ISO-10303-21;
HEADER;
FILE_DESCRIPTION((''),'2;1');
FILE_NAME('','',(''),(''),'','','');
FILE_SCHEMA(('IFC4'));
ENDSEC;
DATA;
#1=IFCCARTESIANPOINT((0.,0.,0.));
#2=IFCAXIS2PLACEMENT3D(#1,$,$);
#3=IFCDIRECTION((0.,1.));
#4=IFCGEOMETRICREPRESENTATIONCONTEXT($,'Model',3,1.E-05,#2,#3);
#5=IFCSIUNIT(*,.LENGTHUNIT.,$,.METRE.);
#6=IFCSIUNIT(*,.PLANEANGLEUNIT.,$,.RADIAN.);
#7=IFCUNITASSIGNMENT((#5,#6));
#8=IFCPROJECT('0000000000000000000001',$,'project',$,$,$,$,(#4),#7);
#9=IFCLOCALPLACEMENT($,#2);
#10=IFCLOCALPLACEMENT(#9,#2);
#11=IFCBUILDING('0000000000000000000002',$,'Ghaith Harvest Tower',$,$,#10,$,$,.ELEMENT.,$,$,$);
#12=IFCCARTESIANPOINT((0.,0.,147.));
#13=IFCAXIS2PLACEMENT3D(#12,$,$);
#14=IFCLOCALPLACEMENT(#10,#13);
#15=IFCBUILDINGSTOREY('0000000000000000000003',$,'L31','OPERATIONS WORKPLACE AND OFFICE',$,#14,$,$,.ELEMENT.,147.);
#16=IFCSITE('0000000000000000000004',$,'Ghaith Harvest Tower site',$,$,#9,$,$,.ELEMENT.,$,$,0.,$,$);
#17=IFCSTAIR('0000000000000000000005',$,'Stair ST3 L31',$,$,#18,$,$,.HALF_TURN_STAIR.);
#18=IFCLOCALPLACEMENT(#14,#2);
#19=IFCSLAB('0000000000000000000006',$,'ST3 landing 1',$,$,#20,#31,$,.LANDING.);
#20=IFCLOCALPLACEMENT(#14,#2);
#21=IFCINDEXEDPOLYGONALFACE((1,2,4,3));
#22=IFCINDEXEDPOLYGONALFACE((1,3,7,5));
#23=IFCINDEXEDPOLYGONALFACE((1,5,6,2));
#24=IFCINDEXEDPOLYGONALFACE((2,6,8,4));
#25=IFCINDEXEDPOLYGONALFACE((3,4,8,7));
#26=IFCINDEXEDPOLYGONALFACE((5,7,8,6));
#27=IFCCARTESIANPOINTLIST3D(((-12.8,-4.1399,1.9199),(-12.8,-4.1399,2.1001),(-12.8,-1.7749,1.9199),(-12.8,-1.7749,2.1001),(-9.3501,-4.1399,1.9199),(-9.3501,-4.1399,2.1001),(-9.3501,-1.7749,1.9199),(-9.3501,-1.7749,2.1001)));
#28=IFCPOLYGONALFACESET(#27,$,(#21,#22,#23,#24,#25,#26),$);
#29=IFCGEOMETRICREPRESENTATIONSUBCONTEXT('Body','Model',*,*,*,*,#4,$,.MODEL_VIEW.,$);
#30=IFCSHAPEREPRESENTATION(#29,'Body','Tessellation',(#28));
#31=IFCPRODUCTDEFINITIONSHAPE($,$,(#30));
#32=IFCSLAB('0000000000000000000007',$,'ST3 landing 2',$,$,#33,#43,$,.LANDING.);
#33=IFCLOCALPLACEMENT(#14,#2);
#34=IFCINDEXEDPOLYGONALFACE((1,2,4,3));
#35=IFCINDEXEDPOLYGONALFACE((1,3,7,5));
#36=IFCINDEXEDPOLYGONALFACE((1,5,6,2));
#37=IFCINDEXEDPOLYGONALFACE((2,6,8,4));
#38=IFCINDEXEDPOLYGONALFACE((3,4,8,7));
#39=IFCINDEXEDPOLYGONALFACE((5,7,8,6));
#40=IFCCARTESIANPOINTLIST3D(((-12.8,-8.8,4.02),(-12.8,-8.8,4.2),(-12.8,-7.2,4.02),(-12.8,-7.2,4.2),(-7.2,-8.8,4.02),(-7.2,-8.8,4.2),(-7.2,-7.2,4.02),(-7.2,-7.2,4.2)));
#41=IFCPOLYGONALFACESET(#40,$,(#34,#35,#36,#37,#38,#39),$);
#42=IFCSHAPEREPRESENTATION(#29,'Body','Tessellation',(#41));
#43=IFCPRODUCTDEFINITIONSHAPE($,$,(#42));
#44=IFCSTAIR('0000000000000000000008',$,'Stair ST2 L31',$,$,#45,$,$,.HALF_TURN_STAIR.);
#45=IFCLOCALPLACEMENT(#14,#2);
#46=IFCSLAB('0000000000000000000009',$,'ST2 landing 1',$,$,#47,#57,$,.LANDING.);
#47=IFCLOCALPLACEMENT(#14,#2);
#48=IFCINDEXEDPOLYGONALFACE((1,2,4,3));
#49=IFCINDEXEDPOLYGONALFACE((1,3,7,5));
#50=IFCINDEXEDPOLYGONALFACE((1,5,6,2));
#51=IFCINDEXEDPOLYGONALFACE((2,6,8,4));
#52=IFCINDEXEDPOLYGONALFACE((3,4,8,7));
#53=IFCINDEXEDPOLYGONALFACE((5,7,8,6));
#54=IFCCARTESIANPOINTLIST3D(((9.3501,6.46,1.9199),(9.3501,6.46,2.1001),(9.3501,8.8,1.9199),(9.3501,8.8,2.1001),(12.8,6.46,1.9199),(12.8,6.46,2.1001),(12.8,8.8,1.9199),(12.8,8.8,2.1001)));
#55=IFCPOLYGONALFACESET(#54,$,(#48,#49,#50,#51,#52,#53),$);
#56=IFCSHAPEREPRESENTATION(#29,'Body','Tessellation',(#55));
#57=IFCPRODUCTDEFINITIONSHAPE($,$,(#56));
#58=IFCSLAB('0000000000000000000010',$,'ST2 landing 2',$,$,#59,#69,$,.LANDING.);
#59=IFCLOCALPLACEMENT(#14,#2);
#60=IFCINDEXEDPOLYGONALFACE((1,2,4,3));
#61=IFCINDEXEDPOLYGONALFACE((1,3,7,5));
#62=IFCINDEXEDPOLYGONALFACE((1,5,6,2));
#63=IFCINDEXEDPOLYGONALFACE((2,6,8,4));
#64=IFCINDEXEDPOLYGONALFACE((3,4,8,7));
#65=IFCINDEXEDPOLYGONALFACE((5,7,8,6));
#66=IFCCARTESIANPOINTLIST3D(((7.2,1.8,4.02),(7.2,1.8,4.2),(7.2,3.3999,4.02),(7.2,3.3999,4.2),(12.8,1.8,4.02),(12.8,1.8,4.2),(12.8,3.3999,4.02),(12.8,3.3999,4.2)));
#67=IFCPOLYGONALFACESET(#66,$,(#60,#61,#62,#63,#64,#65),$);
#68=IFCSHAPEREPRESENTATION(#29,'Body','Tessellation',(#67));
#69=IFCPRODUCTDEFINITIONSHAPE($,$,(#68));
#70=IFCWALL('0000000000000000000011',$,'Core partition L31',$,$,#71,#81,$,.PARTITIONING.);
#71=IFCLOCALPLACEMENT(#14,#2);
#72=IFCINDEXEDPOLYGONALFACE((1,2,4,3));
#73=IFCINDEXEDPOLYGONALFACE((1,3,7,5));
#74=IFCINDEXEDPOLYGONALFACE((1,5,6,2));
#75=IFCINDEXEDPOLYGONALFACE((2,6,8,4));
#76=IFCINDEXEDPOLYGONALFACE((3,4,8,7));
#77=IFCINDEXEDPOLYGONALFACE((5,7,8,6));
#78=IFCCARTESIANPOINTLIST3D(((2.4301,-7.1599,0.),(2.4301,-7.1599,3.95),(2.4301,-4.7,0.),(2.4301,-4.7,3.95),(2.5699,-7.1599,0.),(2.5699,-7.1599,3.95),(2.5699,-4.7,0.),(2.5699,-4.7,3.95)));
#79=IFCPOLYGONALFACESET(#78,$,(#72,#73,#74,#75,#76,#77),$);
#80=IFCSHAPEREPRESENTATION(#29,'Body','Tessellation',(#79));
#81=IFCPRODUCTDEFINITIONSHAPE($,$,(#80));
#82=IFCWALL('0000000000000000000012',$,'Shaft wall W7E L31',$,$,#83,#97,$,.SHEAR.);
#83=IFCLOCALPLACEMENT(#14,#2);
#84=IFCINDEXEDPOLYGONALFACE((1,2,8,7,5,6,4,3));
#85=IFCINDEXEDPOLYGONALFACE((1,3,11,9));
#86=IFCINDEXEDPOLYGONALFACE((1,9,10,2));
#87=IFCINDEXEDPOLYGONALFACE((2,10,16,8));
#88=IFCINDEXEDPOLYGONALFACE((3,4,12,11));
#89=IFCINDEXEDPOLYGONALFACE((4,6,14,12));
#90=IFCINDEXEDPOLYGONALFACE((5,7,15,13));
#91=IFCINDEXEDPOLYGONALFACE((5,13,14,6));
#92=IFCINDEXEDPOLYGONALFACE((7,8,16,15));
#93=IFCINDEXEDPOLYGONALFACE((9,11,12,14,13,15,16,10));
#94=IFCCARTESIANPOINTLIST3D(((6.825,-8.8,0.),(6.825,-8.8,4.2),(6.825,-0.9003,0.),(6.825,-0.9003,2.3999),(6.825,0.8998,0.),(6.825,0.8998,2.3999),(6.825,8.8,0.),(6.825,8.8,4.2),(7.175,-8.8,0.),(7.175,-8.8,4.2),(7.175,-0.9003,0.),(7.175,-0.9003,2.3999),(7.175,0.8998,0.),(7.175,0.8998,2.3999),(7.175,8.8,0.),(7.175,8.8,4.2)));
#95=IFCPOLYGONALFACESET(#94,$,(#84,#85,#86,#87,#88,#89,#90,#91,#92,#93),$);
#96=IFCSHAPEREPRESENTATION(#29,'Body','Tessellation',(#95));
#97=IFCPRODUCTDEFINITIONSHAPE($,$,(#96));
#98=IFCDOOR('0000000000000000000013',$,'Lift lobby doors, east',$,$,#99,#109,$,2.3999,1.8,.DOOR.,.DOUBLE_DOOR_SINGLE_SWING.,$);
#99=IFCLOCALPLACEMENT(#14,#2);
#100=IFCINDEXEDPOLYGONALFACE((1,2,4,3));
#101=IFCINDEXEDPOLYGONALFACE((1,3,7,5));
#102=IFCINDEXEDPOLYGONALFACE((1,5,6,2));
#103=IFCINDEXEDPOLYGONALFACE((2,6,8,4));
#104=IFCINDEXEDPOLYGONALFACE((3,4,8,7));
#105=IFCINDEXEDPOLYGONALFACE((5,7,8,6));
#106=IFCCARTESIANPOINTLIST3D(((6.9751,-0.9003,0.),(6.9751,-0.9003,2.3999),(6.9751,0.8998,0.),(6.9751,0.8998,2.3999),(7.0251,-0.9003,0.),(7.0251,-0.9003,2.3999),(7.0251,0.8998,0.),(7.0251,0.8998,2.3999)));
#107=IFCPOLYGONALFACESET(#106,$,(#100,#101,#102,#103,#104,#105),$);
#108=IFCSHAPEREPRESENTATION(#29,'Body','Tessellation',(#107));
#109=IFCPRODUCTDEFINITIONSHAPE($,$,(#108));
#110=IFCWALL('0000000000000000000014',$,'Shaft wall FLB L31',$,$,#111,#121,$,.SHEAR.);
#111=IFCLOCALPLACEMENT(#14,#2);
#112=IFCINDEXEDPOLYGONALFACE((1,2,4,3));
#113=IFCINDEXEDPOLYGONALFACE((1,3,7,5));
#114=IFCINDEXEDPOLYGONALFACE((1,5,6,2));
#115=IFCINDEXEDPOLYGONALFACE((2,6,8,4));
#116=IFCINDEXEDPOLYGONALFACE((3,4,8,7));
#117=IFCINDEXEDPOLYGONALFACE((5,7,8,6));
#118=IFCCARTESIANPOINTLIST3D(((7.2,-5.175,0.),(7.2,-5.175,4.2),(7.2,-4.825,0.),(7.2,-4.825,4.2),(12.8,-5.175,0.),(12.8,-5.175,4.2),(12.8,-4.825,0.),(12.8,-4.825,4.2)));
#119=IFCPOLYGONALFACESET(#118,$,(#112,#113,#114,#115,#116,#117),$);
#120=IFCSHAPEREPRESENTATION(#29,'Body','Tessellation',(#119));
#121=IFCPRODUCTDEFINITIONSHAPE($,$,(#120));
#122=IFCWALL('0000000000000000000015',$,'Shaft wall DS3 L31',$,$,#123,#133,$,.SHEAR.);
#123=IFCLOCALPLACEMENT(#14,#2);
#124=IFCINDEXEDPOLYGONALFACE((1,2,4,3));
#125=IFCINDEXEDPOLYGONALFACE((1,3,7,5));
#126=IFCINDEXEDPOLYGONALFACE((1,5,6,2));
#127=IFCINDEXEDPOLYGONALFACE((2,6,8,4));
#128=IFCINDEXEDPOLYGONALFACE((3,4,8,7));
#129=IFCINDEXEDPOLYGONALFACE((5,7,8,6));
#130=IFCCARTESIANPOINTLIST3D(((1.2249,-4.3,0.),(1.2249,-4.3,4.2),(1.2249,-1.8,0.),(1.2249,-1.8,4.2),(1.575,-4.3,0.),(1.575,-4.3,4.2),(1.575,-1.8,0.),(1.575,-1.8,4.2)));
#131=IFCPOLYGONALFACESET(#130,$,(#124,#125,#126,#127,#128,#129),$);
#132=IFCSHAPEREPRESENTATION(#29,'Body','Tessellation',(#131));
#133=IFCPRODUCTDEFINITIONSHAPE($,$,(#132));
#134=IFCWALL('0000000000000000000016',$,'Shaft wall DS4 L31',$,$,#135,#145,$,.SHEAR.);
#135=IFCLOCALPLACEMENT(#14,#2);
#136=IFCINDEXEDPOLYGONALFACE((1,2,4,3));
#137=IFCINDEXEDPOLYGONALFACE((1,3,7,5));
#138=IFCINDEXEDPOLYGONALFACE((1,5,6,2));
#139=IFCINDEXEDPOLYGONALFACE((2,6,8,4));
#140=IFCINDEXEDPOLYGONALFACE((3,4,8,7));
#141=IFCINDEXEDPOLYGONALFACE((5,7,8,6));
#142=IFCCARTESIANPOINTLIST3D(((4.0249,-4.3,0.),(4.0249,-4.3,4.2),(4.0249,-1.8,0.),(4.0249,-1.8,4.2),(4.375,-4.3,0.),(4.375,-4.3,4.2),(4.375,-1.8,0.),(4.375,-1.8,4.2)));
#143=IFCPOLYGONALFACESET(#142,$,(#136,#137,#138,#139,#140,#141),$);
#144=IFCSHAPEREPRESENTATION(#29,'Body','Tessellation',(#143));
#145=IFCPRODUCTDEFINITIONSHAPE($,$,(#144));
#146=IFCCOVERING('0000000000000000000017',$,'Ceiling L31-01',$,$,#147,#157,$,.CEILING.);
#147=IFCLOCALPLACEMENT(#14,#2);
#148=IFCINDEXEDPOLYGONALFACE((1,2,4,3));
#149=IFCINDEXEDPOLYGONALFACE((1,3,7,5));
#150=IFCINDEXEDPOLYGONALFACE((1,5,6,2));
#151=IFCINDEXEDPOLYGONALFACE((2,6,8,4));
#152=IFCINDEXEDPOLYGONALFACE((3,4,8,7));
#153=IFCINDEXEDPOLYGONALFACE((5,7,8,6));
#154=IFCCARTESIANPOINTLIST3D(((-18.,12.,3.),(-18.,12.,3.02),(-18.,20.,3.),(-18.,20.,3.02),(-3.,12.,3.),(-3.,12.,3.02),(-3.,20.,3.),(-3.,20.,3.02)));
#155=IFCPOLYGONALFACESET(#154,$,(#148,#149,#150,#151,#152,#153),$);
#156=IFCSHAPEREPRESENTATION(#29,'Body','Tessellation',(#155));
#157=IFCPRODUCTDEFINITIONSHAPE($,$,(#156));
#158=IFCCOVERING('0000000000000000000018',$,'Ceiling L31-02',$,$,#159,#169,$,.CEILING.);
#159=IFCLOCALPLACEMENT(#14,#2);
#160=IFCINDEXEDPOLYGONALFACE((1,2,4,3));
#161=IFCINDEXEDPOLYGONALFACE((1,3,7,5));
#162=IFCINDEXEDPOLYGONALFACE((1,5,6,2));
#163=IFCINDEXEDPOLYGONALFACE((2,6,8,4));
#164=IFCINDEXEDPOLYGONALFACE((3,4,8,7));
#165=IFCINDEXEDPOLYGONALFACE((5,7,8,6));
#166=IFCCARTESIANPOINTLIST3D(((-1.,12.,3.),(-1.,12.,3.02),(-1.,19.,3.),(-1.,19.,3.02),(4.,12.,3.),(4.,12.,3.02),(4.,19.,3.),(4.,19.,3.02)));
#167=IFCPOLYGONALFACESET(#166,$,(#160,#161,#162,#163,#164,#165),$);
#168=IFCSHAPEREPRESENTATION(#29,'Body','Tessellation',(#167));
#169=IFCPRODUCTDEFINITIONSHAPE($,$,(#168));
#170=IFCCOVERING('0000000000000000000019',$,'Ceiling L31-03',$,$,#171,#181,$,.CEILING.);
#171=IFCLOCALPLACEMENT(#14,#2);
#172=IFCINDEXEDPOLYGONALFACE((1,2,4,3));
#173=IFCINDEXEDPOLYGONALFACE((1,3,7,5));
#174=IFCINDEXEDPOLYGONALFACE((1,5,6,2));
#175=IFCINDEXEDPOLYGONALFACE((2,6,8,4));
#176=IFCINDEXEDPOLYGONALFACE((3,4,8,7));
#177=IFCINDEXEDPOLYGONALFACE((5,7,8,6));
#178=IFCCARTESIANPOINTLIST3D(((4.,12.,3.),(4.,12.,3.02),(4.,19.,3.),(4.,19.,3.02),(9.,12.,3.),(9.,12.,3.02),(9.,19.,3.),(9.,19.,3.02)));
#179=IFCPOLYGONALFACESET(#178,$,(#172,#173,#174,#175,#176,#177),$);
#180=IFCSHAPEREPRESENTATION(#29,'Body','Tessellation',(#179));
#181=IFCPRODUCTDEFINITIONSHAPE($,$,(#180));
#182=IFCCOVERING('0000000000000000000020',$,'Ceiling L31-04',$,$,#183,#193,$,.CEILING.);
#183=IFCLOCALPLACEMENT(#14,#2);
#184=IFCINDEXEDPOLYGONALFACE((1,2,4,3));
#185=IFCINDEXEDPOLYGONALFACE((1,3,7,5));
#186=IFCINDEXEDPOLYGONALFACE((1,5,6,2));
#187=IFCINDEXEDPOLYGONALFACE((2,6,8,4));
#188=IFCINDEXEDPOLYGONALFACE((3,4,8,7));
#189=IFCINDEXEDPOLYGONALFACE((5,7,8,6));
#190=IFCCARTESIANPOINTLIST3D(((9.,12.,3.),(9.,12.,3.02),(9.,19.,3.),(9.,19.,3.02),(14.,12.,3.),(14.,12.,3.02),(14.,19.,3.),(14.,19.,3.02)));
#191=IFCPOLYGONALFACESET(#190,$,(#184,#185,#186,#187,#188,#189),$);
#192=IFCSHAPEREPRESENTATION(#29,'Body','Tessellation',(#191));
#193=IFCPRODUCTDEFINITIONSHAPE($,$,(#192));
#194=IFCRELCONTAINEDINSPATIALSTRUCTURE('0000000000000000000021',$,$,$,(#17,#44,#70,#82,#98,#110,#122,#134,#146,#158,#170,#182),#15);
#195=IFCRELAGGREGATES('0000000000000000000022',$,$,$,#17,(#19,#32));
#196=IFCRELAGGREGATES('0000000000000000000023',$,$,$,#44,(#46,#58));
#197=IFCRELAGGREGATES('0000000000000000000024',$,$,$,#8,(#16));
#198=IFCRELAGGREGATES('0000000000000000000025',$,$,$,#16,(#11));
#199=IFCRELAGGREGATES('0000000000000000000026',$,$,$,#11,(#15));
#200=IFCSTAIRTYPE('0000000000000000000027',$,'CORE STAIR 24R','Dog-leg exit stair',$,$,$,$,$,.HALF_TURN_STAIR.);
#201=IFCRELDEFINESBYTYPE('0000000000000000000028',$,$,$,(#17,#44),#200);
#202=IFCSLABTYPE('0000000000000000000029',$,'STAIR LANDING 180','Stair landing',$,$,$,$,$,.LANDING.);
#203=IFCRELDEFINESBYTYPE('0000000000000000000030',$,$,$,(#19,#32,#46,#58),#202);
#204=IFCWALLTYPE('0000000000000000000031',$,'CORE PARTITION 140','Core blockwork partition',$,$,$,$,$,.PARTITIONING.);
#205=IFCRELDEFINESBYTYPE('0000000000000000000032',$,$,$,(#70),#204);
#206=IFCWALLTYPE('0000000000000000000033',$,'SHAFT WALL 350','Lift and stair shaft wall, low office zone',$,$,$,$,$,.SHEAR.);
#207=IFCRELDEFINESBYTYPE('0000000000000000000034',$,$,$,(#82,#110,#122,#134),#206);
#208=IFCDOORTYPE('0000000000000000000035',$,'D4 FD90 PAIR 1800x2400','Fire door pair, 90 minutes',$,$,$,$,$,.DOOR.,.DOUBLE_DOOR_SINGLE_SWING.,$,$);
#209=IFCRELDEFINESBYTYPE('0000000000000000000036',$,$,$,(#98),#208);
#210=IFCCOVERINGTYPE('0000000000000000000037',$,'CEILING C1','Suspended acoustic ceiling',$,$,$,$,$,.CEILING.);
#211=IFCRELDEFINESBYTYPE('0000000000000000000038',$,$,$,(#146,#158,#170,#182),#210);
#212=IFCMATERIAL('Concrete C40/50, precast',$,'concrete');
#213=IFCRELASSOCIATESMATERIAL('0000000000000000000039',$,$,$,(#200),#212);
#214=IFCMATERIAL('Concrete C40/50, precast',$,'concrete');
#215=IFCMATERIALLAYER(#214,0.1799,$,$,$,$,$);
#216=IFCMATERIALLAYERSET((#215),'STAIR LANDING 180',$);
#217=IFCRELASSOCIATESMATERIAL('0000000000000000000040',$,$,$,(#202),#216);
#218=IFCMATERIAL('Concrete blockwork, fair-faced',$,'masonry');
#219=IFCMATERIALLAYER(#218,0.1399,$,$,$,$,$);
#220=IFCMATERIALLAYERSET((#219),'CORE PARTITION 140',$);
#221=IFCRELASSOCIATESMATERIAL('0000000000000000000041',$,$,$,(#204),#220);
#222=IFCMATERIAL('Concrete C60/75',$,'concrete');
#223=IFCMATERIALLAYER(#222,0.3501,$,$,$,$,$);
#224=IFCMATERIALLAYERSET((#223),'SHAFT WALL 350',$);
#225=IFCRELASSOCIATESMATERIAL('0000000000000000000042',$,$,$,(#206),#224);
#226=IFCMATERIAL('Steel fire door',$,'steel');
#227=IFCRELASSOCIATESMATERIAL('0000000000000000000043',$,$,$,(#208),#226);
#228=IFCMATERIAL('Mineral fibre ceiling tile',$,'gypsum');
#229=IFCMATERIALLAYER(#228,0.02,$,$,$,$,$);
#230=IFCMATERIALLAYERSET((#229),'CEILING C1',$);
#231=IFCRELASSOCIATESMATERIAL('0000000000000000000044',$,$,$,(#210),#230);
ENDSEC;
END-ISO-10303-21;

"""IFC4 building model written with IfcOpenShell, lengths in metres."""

from ifc_helpers import new_model, si_unit, direction, frame, frame_2d, origin, place, context, subcontext, project, spatial, polyline, rectangle, outline, extrude, material, layer, layer_set, type_object, element, fill, aggregate, save


model = new_model("IFC4")

# Units and contexts
model_context = context("Model", 3, precision=1e-05, world=origin(), true_north=direction((0.0, 1.0)))
body_context = subcontext(model_context, "Body", "Model", "MODEL_VIEW")
ifc_project = project(units=[si_unit("LENGTHUNIT", "METRE"), si_unit("PLANEANGLEUNIT", "RADIAN")], contexts=[model_context])

# Site, building, storey
site_placement = place(None, origin())
site = spatial("IfcSite", under=ifc_project, at=site_placement, Name="Ghaith Harvest Tower site", CompositionType="ELEMENT", RefElevation=0.0)
building_placement = place(site_placement, origin())
building = spatial("IfcBuilding", under=site, at=building_placement, Name="Ghaith Harvest Tower", CompositionType="ELEMENT")
storey_placement = place(building_placement, frame((0.0, 0.0, 147.0)))
storey = spatial("IfcBuildingStorey", under=building, at=storey_placement, Name="L31", Description="OPERATIONS WORKPLACE AND OFFICE", CompositionType="ELEMENT", Elevation=147.0)

# Stairs, slabs
ifc_material_1 = material(Name="Concrete C40/50, precast", Category="concrete")
stair_type = type_object("IfcStairType", Name="CORE STAIR 24R", Description="Dog-leg exit stair", PredefinedType="HALF_TURN_STAIR", material=ifc_material_1)
ifc_material_2 = material(Name="Concrete C40/50, precast", Category="concrete")
ifc_layer_1 = layer(ifc_material_2, 0.1799)
ifc_layer_set_1 = layer_set([ifc_layer_1], Name="STAIR LANDING 180")
slab_type_1 = type_object("IfcSlabType", Name="STAIR LANDING 180", Description="Stair landing", PredefinedType="LANDING", material=ifc_layer_set_1)
stair_1_placement = place(storey_placement, origin())
stair_1 = element("IfcStair", 1, at=stair_1_placement, inside=storey, type_object=stair_type, Name="Stair ST3 L31", PredefinedType="HALF_TURN_STAIR")
slab_1_placement = place(storey_placement, frame((0.0, 0.0, 1.9199)))
slab_1 = element("IfcSlab", 2, at=slab_1_placement, type_object=slab_type_1, Name="ST3 landing 1", PredefinedType="LANDING", context=body_context, shape_type="SweptSolid", body=[
    extrude(outline(polyline([(-12.8, -4.1399), (-12.8, -1.7749), (-9.3501, -1.7749), (-9.3501, -4.1399), (-12.8, -4.1399)])), origin(), (0.0, 0.0, 1.0), 0.1802),
])
slab_2_placement = place(storey_placement, frame((0.0, 0.0, 4.02)))
slab_2 = element("IfcSlab", 3, at=slab_2_placement, type_object=slab_type_1, Name="ST3 landing 2", PredefinedType="LANDING", context=body_context, shape_type="SweptSolid", body=[
    extrude(outline(polyline([(-12.8, -8.8), (-12.8, -7.2), (-7.2, -7.2), (-7.2, -8.8), (-12.8, -8.8)])), origin(), (0.0, 0.0, 1.0), 0.1799),
])
aggregate(stair_1, [slab_1, slab_2])
stair_2_placement = place(storey_placement, origin())
stair_2 = element("IfcStair", 4, at=stair_2_placement, inside=storey, type_object=stair_type, Name="Stair ST2 L31", PredefinedType="HALF_TURN_STAIR")
slab_3_placement = place(storey_placement, frame((0.0, 0.0, 1.9199)))
slab_3 = element("IfcSlab", 5, at=slab_3_placement, type_object=slab_type_1, Name="ST2 landing 1", PredefinedType="LANDING", context=body_context, shape_type="SweptSolid", body=[
    extrude(outline(polyline([(12.8, 6.46), (12.8, 8.8), (9.3501, 8.8), (9.3501, 6.46), (12.8, 6.46)])), origin(), (0.0, 0.0, 1.0), 0.1802),
])
slab_4_placement = place(storey_placement, frame((0.0, 0.0, 4.02)))
slab_4 = element("IfcSlab", 6, at=slab_4_placement, type_object=slab_type_1, Name="ST2 landing 2", PredefinedType="LANDING", context=body_context, shape_type="SweptSolid", body=[
    extrude(outline(polyline([(12.8, 1.8), (12.8, 3.3999), (7.2, 3.3999), (7.2, 1.8), (12.8, 1.8)])), origin(), (0.0, 0.0, 1.0), 0.1799),
])
aggregate(stair_2, [slab_3, slab_4])

# Wall
ifc_material_3 = material(Name="Concrete blockwork, fair-faced", Category="masonry")
ifc_layer_2 = layer(ifc_material_3, 0.1399)
ifc_layer_set_2 = layer_set([ifc_layer_2], Name="CORE PARTITION 140")
wall_type_1 = type_object("IfcWallType", Name="CORE PARTITION 140", Description="Core blockwork partition", PredefinedType="PARTITIONING", material=ifc_layer_set_2)
wall_1_placement = place(storey_placement, frame((2.5, -4.7, 0.0), z_axis=(0.0, 0.0, 1.0), x_axis=(0.0, -1.0, 0.0)))
element("IfcWall", 7, at=wall_1_placement, inside=storey, type_object=wall_type_1, Name="Core partition L31", PredefinedType="PARTITIONING", context=body_context, shape_type="SweptSolid", body=[
    extrude(rectangle(XDim=2.46, YDim=0.1399, at=frame_2d((1.23, 0.0))), origin(), (0.0, 0.0, 1.0), 3.95),
])

# Wall, opening, door
ifc_material_4 = material(Name="Concrete C60/75", Category="concrete")
ifc_layer_3 = layer(ifc_material_4, 0.3501)
ifc_layer_set_3 = layer_set([ifc_layer_3], Name="SHAFT WALL 350")
wall_type_2 = type_object("IfcWallType", Name="SHAFT WALL 350", Description="Lift and stair shaft wall, low office zone", PredefinedType="SHEAR", material=ifc_layer_set_3)
wall_2_placement = place(storey_placement, frame((7.0, -8.8, 0.0), z_axis=(0.0, 0.0, 1.0), x_axis=(0.0, 1.0, 0.0)))
wall_2 = element("IfcWall", 8, at=wall_2_placement, inside=storey, type_object=wall_type_2, Name="Shaft wall W7E L31", PredefinedType="SHEAR", context=body_context, shape_type="SweptSolid", body=[
    extrude(rectangle(XDim=17.6001, YDim=0.3501, at=frame_2d((8.8, 0.0))), origin(), (0.0, 0.0, 1.0), 4.2),
])
opening_1_placement = place(wall_2_placement, frame((7.8999, 0.0, 0.0)))
opening_1 = element("IfcOpeningElement", 9, at=opening_1_placement, cuts=wall_2, PredefinedType="OPENING", context=body_context, shape_type="SweptSolid", body=[
    extrude(rectangle(XDim=1.8, YDim=2.3999, at=frame_2d((0.8999, 1.2))), frame((0.0, 0.1851, 0.0), z_axis=(0.0, -1.0, 0.0), x_axis=(1.0, 0.0, 0.0)), (0.0, 0.0, 1.0), 0.3701),
])
ifc_material_5 = material(Name="Steel fire door", Category="steel")
door_type_1 = type_object("IfcDoorType", Name="D4 FD90 PAIR 1800x2400", Description="Fire door pair, 90 minutes", OperationType="DOUBLE_DOOR_SINGLE_SWING", PredefinedType="DOOR", material=ifc_material_5)
door_1_placement = place(opening_1_placement, origin())
door_1 = element("IfcDoor", 10, at=door_1_placement, inside=storey, type_object=door_type_1, Name="Lift lobby doors, east", OperationType="DOUBLE_DOOR_SINGLE_SWING", OverallHeight=2.3999, OverallWidth=1.8, PredefinedType="DOOR", context=body_context, shape_type="SweptSolid", body=[
    extrude(rectangle(XDim=1.8, YDim=2.3999, at=frame_2d((0.8999, 1.2))), frame((0.0, 0.0249, 0.0), z_axis=(0.0, -1.0, 0.0), x_axis=(1.0, 0.0, 0.0)), (0.0, 0.0, 1.0), 0.05),
])
fill(opening_1, door_1)

# Walls
wall_3_placement = place(storey_placement, frame((7.2, -5.0, 0.0), z_axis=(0.0, 0.0, 1.0), x_axis=(1.0, 0.0, 0.0)))
element("IfcWall", 11, at=wall_3_placement, inside=storey, type_object=wall_type_2, Name="Shaft wall FLB L31", PredefinedType="SHEAR", context=body_context, shape_type="SweptSolid", body=[
    extrude(rectangle(XDim=5.6001, YDim=0.3501, at=frame_2d((2.8, 0.0))), origin(), (0.0, 0.0, 1.0), 4.2),
])
for number, where, z_axis, x_axis, name in (
    (12, (1.3999, -4.3, 0.0), (0.0, 0.0, 1.0), (0.0, 1.0, 0.0), "Shaft wall DS3 L31"),
    (13, (4.2, -4.3, 0.0), (0.0, 0.0, 1.0), (0.0, 1.0, 0.0), "Shaft wall DS4 L31"),
):
    element("IfcWall", number, at=place(storey_placement, frame(where, z_axis=z_axis, x_axis=x_axis)), inside=storey, type_object=wall_type_2, Name=name, PredefinedType="SHEAR", context=body_context, shape_type="SweptSolid", body=[
        extrude(rectangle(XDim=2.5, YDim=0.3501, at=frame_2d((1.25, 0.0))), origin(), (0.0, 0.0, 1.0), 4.2),
    ])

# Coverings
ifc_material_6 = material(Name="Mineral fibre ceiling tile", Category="gypsum")
ifc_layer_4 = layer(ifc_material_6, 0.02)
ifc_layer_set_4 = layer_set([ifc_layer_4], Name="CEILING C1")
covering_type = type_object("IfcCoveringType", Name="CEILING C1", Description="Suspended acoustic ceiling", PredefinedType="CEILING", material=ifc_layer_set_4)
covering_1_placement = place(storey_placement, frame((0.0, 0.0, 3.0)))
element("IfcCovering", 14, at=covering_1_placement, inside=storey, type_object=covering_type, Name="Ceiling L31-01", PredefinedType="CEILING", context=body_context, shape_type="SweptSolid", body=[
    extrude(outline(polyline([(-18.0, 12.0), (-3.0, 12.0), (-3.0, 20.0), (-18.0, 20.0), (-18.0, 12.0)])), origin(), (0.0, 0.0, 1.0), 0.02),
])
covering_2_placement = place(storey_placement, frame((0.0, 0.0, 3.0)))
element("IfcCovering", 15, at=covering_2_placement, inside=storey, type_object=covering_type, Name="Ceiling L31-02", PredefinedType="CEILING", context=body_context, shape_type="SweptSolid", body=[
    extrude(outline(polyline([(-1.0, 12.0), (4.0, 12.0), (4.0, 19.0), (-1.0, 19.0), (-1.0, 12.0)])), origin(), (0.0, 0.0, 1.0), 0.02),
])
covering_3_placement = place(storey_placement, frame((0.0, 0.0, 3.0)))
element("IfcCovering", 16, at=covering_3_placement, inside=storey, type_object=covering_type, Name="Ceiling L31-03", PredefinedType="CEILING", context=body_context, shape_type="SweptSolid", body=[
    extrude(outline(polyline([(4.0, 12.0), (9.0, 12.0), (9.0, 19.0), (4.0, 19.0), (4.0, 12.0)])), origin(), (0.0, 0.0, 1.0), 0.02),
])
covering_4_placement = place(storey_placement, frame((0.0, 0.0, 3.0)))
element("IfcCovering", 17, at=covering_4_placement, inside=storey, type_object=covering_type, Name="Ceiling L31-04", PredefinedType="CEILING", context=body_context, shape_type="SweptSolid", body=[
    extrude(outline(polyline([(9.0, 12.0), (14.0, 12.0), (14.0, 19.0), (9.0, 19.0), (9.0, 12.0)])), origin(), (0.0, 0.0, 1.0), 0.02),
])

save(model, "model.ifc")
